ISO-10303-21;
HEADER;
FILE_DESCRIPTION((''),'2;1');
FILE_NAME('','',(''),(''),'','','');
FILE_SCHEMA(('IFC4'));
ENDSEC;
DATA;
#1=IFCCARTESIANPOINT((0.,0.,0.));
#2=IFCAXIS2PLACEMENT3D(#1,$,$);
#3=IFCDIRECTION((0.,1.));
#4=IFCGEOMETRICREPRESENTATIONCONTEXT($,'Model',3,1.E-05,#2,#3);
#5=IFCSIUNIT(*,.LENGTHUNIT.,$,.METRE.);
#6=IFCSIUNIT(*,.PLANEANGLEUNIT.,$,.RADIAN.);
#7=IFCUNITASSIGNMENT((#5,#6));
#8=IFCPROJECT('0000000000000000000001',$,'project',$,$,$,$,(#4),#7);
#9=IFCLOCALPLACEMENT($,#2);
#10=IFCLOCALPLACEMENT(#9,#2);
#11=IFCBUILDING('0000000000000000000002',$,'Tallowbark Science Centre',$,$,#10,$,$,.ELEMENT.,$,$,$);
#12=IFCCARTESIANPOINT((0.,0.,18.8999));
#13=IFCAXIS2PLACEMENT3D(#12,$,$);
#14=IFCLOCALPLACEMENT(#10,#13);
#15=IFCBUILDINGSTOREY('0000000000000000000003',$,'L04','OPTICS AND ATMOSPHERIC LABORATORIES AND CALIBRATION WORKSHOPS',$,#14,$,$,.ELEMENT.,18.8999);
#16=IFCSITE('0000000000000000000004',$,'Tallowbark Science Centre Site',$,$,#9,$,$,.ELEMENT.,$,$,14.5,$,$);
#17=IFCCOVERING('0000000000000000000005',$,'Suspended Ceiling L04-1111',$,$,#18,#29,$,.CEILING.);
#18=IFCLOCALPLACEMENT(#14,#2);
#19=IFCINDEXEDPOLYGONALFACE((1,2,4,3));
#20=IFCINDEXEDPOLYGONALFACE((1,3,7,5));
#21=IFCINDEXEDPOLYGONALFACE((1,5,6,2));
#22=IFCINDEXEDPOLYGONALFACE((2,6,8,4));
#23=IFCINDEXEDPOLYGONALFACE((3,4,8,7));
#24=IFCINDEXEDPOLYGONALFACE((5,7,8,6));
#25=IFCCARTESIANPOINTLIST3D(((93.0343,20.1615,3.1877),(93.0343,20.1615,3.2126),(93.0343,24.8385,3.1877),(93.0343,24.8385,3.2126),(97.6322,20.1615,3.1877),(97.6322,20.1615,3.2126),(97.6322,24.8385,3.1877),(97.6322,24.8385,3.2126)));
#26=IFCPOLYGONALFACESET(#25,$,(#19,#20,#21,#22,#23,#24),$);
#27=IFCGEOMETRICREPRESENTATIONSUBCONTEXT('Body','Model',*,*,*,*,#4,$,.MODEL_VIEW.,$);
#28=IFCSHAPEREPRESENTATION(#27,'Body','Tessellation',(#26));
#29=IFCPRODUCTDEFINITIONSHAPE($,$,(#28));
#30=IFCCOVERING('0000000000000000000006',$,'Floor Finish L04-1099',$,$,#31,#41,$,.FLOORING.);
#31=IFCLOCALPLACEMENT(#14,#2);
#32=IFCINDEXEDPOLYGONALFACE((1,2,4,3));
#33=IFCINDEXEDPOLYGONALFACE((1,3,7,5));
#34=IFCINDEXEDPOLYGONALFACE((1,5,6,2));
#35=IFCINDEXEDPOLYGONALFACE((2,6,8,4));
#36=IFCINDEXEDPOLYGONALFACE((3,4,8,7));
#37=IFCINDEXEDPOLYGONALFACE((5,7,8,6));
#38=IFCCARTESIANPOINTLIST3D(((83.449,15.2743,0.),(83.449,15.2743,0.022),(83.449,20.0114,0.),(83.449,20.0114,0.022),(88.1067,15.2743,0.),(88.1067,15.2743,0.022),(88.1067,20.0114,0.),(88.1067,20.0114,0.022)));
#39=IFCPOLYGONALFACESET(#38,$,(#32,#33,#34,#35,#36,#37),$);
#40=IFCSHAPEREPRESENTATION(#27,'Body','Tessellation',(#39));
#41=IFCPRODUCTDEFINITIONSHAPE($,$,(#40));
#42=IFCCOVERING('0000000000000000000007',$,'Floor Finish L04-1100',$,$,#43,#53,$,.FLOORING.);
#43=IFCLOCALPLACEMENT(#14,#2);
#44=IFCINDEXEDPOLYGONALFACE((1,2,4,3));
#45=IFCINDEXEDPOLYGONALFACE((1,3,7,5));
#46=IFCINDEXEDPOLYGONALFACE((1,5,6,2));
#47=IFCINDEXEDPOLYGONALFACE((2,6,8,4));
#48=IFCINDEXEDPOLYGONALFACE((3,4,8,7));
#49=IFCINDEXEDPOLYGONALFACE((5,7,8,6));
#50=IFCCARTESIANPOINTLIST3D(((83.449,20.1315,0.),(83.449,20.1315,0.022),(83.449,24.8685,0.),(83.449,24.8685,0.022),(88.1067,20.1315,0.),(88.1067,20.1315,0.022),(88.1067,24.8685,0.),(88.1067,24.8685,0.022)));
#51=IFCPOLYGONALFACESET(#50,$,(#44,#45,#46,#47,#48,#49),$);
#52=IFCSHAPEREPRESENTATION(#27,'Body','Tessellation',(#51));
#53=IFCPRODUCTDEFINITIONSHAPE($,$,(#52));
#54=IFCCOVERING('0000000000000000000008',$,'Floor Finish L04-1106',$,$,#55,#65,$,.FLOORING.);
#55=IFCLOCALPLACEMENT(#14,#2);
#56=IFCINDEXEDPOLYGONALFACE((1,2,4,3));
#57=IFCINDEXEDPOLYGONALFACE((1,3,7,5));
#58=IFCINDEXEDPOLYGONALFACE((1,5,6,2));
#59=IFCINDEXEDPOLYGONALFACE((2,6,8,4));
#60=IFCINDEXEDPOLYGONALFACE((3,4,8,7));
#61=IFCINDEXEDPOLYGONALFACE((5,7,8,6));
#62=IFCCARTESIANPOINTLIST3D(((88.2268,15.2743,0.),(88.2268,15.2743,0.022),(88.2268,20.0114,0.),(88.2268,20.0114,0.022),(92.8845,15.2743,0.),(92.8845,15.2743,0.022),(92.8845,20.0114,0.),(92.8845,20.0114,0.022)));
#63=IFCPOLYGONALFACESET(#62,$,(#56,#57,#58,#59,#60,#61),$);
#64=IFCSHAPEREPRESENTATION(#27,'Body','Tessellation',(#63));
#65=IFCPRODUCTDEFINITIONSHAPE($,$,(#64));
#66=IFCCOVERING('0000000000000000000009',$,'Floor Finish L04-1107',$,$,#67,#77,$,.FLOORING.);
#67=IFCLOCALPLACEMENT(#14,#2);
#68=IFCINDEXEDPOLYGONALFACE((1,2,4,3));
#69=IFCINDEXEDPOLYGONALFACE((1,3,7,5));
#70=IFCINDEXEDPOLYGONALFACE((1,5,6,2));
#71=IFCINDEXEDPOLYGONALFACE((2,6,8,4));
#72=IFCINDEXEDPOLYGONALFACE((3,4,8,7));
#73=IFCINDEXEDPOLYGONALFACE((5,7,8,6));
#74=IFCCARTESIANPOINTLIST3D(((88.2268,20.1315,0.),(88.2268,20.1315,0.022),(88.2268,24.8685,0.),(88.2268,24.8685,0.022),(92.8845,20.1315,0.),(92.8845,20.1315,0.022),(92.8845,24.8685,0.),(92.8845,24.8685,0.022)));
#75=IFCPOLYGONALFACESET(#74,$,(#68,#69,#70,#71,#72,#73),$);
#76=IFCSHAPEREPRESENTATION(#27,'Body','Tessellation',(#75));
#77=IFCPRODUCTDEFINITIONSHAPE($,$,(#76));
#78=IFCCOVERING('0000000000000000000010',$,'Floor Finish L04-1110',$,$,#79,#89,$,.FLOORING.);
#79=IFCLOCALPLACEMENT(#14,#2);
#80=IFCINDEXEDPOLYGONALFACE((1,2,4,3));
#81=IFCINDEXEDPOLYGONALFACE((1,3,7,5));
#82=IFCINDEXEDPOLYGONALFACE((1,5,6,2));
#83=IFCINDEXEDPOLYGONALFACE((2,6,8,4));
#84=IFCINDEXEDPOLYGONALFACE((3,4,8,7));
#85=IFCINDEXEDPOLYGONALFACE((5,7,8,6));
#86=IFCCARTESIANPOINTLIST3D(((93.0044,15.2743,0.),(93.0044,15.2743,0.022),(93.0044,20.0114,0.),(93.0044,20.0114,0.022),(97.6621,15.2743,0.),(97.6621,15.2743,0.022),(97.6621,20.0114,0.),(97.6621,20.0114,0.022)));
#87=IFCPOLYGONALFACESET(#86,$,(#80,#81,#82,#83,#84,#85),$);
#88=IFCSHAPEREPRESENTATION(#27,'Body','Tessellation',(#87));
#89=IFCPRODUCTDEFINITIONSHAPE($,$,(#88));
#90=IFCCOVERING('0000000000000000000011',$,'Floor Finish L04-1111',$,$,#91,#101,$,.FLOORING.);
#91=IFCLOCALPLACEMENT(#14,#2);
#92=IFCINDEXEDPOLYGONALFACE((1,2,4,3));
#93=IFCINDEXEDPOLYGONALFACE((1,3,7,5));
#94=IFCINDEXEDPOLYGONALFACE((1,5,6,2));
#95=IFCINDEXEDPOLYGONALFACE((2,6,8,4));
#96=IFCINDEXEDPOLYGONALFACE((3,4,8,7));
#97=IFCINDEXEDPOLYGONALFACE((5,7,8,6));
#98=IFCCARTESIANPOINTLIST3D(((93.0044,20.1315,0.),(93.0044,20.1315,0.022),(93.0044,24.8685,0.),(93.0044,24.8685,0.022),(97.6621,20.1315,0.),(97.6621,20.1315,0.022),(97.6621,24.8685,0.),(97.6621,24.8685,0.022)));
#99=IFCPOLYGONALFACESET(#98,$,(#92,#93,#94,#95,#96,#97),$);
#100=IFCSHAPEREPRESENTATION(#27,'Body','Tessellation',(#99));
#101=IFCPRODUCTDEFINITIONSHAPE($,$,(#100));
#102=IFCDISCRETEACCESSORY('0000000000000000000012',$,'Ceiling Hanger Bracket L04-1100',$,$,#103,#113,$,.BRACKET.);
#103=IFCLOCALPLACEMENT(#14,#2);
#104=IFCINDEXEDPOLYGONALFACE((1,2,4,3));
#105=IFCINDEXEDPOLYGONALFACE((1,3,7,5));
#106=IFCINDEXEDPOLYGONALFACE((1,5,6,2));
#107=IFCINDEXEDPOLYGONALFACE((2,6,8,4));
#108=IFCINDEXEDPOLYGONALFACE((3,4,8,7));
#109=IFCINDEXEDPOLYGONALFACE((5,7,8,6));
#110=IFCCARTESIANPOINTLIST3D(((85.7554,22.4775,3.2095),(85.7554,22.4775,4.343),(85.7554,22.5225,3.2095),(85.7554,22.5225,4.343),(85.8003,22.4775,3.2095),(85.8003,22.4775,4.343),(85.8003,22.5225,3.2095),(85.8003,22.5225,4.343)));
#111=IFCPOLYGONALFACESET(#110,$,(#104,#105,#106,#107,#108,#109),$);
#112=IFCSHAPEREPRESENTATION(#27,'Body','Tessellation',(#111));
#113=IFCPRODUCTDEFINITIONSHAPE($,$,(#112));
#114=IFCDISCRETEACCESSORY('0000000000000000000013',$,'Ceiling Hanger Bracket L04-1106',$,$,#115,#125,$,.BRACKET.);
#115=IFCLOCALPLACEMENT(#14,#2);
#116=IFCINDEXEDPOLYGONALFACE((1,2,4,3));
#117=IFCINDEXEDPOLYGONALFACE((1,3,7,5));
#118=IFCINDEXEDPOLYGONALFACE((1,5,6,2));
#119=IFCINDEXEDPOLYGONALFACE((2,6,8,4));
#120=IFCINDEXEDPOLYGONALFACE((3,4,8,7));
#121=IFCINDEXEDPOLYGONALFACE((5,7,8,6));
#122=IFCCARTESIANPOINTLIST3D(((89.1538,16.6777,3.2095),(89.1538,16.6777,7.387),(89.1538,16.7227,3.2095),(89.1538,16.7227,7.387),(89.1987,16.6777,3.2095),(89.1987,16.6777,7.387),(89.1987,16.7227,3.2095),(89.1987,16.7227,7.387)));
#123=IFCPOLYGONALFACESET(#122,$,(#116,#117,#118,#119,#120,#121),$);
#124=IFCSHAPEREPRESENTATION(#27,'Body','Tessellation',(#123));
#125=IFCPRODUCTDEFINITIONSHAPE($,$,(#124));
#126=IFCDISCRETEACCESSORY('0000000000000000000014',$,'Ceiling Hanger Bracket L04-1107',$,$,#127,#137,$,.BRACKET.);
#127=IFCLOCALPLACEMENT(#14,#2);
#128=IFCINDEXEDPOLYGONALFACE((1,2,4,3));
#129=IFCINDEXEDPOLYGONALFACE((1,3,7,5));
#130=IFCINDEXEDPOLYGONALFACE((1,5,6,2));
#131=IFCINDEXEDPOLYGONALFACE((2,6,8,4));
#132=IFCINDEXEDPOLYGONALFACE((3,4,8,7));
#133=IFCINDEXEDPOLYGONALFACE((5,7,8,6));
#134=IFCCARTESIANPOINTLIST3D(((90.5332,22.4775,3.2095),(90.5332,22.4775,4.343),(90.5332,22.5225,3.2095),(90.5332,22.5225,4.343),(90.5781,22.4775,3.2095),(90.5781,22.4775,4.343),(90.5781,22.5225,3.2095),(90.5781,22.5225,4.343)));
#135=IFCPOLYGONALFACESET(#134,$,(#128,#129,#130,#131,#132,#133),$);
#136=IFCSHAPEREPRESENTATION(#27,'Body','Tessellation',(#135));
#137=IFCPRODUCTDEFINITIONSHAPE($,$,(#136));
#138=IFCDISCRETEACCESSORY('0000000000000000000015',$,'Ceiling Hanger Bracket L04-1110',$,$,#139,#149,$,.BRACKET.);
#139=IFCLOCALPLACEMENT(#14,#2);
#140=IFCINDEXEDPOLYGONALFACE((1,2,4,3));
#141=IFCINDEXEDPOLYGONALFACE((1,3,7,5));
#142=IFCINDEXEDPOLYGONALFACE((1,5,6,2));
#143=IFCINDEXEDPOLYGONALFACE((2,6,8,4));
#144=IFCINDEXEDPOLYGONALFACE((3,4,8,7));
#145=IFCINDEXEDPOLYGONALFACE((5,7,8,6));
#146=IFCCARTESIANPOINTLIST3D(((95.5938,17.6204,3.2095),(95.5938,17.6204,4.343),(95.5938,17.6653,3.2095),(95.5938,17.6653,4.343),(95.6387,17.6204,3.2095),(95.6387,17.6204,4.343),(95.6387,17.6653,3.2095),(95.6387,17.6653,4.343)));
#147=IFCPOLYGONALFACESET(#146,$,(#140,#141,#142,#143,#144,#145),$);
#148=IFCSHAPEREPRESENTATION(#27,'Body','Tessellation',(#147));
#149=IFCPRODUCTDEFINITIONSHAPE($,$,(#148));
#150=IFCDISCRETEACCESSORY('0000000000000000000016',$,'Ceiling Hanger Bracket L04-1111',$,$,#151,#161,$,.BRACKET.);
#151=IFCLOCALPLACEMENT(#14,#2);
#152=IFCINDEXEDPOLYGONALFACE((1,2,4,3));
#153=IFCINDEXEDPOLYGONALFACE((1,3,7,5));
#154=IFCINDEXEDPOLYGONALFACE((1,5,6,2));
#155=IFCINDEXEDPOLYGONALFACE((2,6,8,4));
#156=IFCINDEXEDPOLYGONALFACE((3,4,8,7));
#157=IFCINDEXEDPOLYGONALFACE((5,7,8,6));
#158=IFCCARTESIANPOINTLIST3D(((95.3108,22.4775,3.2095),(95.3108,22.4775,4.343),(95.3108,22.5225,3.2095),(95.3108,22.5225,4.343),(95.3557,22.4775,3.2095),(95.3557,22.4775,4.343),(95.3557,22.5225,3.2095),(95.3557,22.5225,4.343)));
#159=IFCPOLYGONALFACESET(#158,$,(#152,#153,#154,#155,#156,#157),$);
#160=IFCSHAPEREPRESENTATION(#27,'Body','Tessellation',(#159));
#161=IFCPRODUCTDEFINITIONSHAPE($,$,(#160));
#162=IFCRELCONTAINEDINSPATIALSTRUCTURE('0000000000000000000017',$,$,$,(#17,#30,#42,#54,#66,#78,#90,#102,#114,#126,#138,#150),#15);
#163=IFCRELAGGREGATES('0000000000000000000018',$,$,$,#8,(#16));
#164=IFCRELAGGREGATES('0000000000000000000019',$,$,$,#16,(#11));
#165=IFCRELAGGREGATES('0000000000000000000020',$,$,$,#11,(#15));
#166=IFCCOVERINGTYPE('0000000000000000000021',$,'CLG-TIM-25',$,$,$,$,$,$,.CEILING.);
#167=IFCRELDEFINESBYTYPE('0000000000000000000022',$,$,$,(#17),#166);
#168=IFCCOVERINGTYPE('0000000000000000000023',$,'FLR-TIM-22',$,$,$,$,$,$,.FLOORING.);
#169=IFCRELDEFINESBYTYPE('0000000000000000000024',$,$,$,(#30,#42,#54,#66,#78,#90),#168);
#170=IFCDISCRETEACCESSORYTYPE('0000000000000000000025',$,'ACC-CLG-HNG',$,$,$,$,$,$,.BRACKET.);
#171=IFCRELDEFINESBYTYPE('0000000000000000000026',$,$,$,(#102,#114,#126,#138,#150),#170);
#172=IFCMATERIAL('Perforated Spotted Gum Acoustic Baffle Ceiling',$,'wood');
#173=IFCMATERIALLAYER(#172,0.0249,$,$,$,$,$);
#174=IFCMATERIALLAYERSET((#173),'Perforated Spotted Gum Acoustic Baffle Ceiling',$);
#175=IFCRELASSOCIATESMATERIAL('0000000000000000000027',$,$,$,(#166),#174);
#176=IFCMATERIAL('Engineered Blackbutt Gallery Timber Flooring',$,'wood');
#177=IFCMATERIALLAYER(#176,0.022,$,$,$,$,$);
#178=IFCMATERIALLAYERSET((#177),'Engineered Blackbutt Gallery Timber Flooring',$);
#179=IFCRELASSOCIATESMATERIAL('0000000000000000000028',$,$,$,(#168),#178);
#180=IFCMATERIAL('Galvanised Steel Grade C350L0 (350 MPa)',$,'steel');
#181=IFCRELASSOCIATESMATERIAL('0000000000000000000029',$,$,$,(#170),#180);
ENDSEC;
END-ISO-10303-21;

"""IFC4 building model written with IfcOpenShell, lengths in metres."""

from ifc_helpers import new_model, si_unit, direction, frame, origin, origin_2d, place, context, subcontext, project, spatial, rectangle, extrude, material, layer, layer_set, type_object, element, save


model = new_model("IFC4")

# Units and contexts
model_context = context("Model", 3, precision=1e-05, world=origin(), true_north=direction((0.0, 1.0)))
body_context = subcontext(model_context, "Body", "Model", "MODEL_VIEW")
ifc_project = project(units=[si_unit("LENGTHUNIT", "METRE"), si_unit("PLANEANGLEUNIT", "RADIAN")], contexts=[model_context])

# Site, building, storey
site_placement = place(None, origin())
site = spatial("IfcSite", under=ifc_project, at=site_placement, Name="Tallowbark Science Centre Site", CompositionType="ELEMENT", RefElevation=14.5)
building_placement = place(site_placement, origin())
building = spatial("IfcBuilding", under=site, at=building_placement, Name="Tallowbark Science Centre", CompositionType="ELEMENT")
storey_placement = place(building_placement, frame((0.0, 0.0, 18.8999)))
storey = spatial("IfcBuildingStorey", under=building, at=storey_placement, Name="L04", Description="OPTICS AND ATMOSPHERIC LABORATORIES AND CALIBRATION WORKSHOPS", CompositionType="ELEMENT", Elevation=18.8999)

# Coverings
ifc_material_1 = material(Name="Perforated Spotted Gum Acoustic Baffle Ceiling", Category="wood")
ifc_layer_1 = layer(ifc_material_1, 0.0249)
ifc_layer_set_1 = layer_set([ifc_layer_1], Name="Perforated Spotted Gum Acoustic Baffle Ceiling")
covering_type_1 = type_object("IfcCoveringType", Name="CLG-TIM-25", PredefinedType="CEILING", material=ifc_layer_set_1)
for number, where, z_axis, x_axis, name in (
    (1, (95.3333, 22.5, 3.1877), (0.0, 0.0, 1.0), (1.0, 0.0, 0.0), "Suspended Ceiling L04-1111"),
):
    element("IfcCovering", number, at=place(storey_placement, frame(where, z_axis=z_axis, x_axis=x_axis)), inside=storey, type_object=covering_type_1, Name=name, PredefinedType="CEILING", context=body_context, shape_type="SweptSolid", body=[
        extrude(rectangle(XDim=4.5979, YDim=4.677, at=origin_2d()), origin(), (0.0, 0.0, 1.0), 0.0249),
    ])
ifc_material_2 = material(Name="Engineered Blackbutt Gallery Timber Flooring", Category="wood")
ifc_layer_2 = layer(ifc_material_2, 0.022)
ifc_layer_set_2 = layer_set([ifc_layer_2], Name="Engineered Blackbutt Gallery Timber Flooring")
covering_type_2 = type_object("IfcCoveringType", Name="FLR-TIM-22", PredefinedType="FLOORING", material=ifc_layer_set_2)
for number, where, z_axis, x_axis, name in (
    (2, (85.7778, 17.6428, 0.0), (0.0, 0.0, 1.0), (1.0, 0.0, 0.0), "Floor Finish L04-1099"),
    (3, (85.7778, 22.5, 0.0), (0.0, 0.0, 1.0), (1.0, 0.0, 0.0), "Floor Finish L04-1100"),
    (4, (90.5557, 17.6428, 0.0), (0.0, 0.0, 1.0), (1.0, 0.0, 0.0), "Floor Finish L04-1106"),
    (5, (90.5557, 22.5, 0.0), (0.0, 0.0, 1.0), (1.0, 0.0, 0.0), "Floor Finish L04-1107"),
    (6, (95.3333, 17.6428, 0.0), (0.0, 0.0, 1.0), (1.0, 0.0, 0.0), "Floor Finish L04-1110"),
    (7, (95.3333, 22.5, 0.0), (0.0, 0.0, 1.0), (1.0, 0.0, 0.0), "Floor Finish L04-1111"),
):
    element("IfcCovering", number, at=place(storey_placement, frame(where, z_axis=z_axis, x_axis=x_axis)), inside=storey, type_object=covering_type_2, Name=name, PredefinedType="FLOORING", context=body_context, shape_type="SweptSolid", body=[
        extrude(rectangle(XDim=4.6577, YDim=4.7371, at=origin_2d()), origin(), (0.0, 0.0, 1.0), 0.022),
    ])

# Discrete accessories
ifc_material_3 = material(Name="Galvanised Steel Grade C350L0 (350 MPa)", Category="steel")
discrete_accessory_type = type_object("IfcDiscreteAccessoryType", Name="ACC-CLG-HNG", PredefinedType="BRACKET", material=ifc_material_3)
discrete_accessory_1_placement = place(storey_placement, frame((85.7778, 22.5, 3.2095), z_axis=(0.0, 0.0, 1.0), x_axis=(1.0, 0.0, 0.0)))
element("IfcDiscreteAccessory", 8, at=discrete_accessory_1_placement, inside=storey, type_object=discrete_accessory_type, Name="Ceiling Hanger Bracket L04-1100", PredefinedType="BRACKET", context=body_context, shape_type="SweptSolid", body=[
    extrude(rectangle(XDim=0.0449, YDim=0.0449, at=origin_2d()), origin(), (0.0, 0.0, 1.0), 1.1335),
])
discrete_accessory_2_placement = place(storey_placement, frame((89.1763, 16.7002, 3.2095), z_axis=(0.0, 0.0, 1.0), x_axis=(1.0, 0.0, 0.0)))
element("IfcDiscreteAccessory", 9, at=discrete_accessory_2_placement, inside=storey, type_object=discrete_accessory_type, Name="Ceiling Hanger Bracket L04-1106", PredefinedType="BRACKET", context=body_context, shape_type="SweptSolid", body=[
    extrude(rectangle(XDim=0.0449, YDim=0.0449, at=origin_2d()), origin(), (0.0, 0.0, 1.0), 4.1775),
])
for number, where, z_axis, x_axis, name in (
    (10, (90.5557, 22.5, 3.2095), (0.0, 0.0, 1.0), (1.0, 0.0, 0.0), "Ceiling Hanger Bracket L04-1107"),
    (11, (95.6162, 17.6428, 3.2095), (0.0, 0.0, 1.0), (1.0, 0.0, 0.0), "Ceiling Hanger Bracket L04-1110"),
    (12, (95.3333, 22.5, 3.2095), (0.0, 0.0, 1.0), (1.0, 0.0, 0.0), "Ceiling Hanger Bracket L04-1111"),
):
    element("IfcDiscreteAccessory", number, at=place(storey_placement, frame(where, z_axis=z_axis, x_axis=x_axis)), inside=storey, type_object=discrete_accessory_type, Name=name, PredefinedType="BRACKET", context=body_context, shape_type="SweptSolid", body=[
        extrude(rectangle(XDim=0.0449, YDim=0.0449, at=origin_2d()), origin(), (0.0, 0.0, 1.0), 1.1335),
    ])

save(model, "model.ifc")
